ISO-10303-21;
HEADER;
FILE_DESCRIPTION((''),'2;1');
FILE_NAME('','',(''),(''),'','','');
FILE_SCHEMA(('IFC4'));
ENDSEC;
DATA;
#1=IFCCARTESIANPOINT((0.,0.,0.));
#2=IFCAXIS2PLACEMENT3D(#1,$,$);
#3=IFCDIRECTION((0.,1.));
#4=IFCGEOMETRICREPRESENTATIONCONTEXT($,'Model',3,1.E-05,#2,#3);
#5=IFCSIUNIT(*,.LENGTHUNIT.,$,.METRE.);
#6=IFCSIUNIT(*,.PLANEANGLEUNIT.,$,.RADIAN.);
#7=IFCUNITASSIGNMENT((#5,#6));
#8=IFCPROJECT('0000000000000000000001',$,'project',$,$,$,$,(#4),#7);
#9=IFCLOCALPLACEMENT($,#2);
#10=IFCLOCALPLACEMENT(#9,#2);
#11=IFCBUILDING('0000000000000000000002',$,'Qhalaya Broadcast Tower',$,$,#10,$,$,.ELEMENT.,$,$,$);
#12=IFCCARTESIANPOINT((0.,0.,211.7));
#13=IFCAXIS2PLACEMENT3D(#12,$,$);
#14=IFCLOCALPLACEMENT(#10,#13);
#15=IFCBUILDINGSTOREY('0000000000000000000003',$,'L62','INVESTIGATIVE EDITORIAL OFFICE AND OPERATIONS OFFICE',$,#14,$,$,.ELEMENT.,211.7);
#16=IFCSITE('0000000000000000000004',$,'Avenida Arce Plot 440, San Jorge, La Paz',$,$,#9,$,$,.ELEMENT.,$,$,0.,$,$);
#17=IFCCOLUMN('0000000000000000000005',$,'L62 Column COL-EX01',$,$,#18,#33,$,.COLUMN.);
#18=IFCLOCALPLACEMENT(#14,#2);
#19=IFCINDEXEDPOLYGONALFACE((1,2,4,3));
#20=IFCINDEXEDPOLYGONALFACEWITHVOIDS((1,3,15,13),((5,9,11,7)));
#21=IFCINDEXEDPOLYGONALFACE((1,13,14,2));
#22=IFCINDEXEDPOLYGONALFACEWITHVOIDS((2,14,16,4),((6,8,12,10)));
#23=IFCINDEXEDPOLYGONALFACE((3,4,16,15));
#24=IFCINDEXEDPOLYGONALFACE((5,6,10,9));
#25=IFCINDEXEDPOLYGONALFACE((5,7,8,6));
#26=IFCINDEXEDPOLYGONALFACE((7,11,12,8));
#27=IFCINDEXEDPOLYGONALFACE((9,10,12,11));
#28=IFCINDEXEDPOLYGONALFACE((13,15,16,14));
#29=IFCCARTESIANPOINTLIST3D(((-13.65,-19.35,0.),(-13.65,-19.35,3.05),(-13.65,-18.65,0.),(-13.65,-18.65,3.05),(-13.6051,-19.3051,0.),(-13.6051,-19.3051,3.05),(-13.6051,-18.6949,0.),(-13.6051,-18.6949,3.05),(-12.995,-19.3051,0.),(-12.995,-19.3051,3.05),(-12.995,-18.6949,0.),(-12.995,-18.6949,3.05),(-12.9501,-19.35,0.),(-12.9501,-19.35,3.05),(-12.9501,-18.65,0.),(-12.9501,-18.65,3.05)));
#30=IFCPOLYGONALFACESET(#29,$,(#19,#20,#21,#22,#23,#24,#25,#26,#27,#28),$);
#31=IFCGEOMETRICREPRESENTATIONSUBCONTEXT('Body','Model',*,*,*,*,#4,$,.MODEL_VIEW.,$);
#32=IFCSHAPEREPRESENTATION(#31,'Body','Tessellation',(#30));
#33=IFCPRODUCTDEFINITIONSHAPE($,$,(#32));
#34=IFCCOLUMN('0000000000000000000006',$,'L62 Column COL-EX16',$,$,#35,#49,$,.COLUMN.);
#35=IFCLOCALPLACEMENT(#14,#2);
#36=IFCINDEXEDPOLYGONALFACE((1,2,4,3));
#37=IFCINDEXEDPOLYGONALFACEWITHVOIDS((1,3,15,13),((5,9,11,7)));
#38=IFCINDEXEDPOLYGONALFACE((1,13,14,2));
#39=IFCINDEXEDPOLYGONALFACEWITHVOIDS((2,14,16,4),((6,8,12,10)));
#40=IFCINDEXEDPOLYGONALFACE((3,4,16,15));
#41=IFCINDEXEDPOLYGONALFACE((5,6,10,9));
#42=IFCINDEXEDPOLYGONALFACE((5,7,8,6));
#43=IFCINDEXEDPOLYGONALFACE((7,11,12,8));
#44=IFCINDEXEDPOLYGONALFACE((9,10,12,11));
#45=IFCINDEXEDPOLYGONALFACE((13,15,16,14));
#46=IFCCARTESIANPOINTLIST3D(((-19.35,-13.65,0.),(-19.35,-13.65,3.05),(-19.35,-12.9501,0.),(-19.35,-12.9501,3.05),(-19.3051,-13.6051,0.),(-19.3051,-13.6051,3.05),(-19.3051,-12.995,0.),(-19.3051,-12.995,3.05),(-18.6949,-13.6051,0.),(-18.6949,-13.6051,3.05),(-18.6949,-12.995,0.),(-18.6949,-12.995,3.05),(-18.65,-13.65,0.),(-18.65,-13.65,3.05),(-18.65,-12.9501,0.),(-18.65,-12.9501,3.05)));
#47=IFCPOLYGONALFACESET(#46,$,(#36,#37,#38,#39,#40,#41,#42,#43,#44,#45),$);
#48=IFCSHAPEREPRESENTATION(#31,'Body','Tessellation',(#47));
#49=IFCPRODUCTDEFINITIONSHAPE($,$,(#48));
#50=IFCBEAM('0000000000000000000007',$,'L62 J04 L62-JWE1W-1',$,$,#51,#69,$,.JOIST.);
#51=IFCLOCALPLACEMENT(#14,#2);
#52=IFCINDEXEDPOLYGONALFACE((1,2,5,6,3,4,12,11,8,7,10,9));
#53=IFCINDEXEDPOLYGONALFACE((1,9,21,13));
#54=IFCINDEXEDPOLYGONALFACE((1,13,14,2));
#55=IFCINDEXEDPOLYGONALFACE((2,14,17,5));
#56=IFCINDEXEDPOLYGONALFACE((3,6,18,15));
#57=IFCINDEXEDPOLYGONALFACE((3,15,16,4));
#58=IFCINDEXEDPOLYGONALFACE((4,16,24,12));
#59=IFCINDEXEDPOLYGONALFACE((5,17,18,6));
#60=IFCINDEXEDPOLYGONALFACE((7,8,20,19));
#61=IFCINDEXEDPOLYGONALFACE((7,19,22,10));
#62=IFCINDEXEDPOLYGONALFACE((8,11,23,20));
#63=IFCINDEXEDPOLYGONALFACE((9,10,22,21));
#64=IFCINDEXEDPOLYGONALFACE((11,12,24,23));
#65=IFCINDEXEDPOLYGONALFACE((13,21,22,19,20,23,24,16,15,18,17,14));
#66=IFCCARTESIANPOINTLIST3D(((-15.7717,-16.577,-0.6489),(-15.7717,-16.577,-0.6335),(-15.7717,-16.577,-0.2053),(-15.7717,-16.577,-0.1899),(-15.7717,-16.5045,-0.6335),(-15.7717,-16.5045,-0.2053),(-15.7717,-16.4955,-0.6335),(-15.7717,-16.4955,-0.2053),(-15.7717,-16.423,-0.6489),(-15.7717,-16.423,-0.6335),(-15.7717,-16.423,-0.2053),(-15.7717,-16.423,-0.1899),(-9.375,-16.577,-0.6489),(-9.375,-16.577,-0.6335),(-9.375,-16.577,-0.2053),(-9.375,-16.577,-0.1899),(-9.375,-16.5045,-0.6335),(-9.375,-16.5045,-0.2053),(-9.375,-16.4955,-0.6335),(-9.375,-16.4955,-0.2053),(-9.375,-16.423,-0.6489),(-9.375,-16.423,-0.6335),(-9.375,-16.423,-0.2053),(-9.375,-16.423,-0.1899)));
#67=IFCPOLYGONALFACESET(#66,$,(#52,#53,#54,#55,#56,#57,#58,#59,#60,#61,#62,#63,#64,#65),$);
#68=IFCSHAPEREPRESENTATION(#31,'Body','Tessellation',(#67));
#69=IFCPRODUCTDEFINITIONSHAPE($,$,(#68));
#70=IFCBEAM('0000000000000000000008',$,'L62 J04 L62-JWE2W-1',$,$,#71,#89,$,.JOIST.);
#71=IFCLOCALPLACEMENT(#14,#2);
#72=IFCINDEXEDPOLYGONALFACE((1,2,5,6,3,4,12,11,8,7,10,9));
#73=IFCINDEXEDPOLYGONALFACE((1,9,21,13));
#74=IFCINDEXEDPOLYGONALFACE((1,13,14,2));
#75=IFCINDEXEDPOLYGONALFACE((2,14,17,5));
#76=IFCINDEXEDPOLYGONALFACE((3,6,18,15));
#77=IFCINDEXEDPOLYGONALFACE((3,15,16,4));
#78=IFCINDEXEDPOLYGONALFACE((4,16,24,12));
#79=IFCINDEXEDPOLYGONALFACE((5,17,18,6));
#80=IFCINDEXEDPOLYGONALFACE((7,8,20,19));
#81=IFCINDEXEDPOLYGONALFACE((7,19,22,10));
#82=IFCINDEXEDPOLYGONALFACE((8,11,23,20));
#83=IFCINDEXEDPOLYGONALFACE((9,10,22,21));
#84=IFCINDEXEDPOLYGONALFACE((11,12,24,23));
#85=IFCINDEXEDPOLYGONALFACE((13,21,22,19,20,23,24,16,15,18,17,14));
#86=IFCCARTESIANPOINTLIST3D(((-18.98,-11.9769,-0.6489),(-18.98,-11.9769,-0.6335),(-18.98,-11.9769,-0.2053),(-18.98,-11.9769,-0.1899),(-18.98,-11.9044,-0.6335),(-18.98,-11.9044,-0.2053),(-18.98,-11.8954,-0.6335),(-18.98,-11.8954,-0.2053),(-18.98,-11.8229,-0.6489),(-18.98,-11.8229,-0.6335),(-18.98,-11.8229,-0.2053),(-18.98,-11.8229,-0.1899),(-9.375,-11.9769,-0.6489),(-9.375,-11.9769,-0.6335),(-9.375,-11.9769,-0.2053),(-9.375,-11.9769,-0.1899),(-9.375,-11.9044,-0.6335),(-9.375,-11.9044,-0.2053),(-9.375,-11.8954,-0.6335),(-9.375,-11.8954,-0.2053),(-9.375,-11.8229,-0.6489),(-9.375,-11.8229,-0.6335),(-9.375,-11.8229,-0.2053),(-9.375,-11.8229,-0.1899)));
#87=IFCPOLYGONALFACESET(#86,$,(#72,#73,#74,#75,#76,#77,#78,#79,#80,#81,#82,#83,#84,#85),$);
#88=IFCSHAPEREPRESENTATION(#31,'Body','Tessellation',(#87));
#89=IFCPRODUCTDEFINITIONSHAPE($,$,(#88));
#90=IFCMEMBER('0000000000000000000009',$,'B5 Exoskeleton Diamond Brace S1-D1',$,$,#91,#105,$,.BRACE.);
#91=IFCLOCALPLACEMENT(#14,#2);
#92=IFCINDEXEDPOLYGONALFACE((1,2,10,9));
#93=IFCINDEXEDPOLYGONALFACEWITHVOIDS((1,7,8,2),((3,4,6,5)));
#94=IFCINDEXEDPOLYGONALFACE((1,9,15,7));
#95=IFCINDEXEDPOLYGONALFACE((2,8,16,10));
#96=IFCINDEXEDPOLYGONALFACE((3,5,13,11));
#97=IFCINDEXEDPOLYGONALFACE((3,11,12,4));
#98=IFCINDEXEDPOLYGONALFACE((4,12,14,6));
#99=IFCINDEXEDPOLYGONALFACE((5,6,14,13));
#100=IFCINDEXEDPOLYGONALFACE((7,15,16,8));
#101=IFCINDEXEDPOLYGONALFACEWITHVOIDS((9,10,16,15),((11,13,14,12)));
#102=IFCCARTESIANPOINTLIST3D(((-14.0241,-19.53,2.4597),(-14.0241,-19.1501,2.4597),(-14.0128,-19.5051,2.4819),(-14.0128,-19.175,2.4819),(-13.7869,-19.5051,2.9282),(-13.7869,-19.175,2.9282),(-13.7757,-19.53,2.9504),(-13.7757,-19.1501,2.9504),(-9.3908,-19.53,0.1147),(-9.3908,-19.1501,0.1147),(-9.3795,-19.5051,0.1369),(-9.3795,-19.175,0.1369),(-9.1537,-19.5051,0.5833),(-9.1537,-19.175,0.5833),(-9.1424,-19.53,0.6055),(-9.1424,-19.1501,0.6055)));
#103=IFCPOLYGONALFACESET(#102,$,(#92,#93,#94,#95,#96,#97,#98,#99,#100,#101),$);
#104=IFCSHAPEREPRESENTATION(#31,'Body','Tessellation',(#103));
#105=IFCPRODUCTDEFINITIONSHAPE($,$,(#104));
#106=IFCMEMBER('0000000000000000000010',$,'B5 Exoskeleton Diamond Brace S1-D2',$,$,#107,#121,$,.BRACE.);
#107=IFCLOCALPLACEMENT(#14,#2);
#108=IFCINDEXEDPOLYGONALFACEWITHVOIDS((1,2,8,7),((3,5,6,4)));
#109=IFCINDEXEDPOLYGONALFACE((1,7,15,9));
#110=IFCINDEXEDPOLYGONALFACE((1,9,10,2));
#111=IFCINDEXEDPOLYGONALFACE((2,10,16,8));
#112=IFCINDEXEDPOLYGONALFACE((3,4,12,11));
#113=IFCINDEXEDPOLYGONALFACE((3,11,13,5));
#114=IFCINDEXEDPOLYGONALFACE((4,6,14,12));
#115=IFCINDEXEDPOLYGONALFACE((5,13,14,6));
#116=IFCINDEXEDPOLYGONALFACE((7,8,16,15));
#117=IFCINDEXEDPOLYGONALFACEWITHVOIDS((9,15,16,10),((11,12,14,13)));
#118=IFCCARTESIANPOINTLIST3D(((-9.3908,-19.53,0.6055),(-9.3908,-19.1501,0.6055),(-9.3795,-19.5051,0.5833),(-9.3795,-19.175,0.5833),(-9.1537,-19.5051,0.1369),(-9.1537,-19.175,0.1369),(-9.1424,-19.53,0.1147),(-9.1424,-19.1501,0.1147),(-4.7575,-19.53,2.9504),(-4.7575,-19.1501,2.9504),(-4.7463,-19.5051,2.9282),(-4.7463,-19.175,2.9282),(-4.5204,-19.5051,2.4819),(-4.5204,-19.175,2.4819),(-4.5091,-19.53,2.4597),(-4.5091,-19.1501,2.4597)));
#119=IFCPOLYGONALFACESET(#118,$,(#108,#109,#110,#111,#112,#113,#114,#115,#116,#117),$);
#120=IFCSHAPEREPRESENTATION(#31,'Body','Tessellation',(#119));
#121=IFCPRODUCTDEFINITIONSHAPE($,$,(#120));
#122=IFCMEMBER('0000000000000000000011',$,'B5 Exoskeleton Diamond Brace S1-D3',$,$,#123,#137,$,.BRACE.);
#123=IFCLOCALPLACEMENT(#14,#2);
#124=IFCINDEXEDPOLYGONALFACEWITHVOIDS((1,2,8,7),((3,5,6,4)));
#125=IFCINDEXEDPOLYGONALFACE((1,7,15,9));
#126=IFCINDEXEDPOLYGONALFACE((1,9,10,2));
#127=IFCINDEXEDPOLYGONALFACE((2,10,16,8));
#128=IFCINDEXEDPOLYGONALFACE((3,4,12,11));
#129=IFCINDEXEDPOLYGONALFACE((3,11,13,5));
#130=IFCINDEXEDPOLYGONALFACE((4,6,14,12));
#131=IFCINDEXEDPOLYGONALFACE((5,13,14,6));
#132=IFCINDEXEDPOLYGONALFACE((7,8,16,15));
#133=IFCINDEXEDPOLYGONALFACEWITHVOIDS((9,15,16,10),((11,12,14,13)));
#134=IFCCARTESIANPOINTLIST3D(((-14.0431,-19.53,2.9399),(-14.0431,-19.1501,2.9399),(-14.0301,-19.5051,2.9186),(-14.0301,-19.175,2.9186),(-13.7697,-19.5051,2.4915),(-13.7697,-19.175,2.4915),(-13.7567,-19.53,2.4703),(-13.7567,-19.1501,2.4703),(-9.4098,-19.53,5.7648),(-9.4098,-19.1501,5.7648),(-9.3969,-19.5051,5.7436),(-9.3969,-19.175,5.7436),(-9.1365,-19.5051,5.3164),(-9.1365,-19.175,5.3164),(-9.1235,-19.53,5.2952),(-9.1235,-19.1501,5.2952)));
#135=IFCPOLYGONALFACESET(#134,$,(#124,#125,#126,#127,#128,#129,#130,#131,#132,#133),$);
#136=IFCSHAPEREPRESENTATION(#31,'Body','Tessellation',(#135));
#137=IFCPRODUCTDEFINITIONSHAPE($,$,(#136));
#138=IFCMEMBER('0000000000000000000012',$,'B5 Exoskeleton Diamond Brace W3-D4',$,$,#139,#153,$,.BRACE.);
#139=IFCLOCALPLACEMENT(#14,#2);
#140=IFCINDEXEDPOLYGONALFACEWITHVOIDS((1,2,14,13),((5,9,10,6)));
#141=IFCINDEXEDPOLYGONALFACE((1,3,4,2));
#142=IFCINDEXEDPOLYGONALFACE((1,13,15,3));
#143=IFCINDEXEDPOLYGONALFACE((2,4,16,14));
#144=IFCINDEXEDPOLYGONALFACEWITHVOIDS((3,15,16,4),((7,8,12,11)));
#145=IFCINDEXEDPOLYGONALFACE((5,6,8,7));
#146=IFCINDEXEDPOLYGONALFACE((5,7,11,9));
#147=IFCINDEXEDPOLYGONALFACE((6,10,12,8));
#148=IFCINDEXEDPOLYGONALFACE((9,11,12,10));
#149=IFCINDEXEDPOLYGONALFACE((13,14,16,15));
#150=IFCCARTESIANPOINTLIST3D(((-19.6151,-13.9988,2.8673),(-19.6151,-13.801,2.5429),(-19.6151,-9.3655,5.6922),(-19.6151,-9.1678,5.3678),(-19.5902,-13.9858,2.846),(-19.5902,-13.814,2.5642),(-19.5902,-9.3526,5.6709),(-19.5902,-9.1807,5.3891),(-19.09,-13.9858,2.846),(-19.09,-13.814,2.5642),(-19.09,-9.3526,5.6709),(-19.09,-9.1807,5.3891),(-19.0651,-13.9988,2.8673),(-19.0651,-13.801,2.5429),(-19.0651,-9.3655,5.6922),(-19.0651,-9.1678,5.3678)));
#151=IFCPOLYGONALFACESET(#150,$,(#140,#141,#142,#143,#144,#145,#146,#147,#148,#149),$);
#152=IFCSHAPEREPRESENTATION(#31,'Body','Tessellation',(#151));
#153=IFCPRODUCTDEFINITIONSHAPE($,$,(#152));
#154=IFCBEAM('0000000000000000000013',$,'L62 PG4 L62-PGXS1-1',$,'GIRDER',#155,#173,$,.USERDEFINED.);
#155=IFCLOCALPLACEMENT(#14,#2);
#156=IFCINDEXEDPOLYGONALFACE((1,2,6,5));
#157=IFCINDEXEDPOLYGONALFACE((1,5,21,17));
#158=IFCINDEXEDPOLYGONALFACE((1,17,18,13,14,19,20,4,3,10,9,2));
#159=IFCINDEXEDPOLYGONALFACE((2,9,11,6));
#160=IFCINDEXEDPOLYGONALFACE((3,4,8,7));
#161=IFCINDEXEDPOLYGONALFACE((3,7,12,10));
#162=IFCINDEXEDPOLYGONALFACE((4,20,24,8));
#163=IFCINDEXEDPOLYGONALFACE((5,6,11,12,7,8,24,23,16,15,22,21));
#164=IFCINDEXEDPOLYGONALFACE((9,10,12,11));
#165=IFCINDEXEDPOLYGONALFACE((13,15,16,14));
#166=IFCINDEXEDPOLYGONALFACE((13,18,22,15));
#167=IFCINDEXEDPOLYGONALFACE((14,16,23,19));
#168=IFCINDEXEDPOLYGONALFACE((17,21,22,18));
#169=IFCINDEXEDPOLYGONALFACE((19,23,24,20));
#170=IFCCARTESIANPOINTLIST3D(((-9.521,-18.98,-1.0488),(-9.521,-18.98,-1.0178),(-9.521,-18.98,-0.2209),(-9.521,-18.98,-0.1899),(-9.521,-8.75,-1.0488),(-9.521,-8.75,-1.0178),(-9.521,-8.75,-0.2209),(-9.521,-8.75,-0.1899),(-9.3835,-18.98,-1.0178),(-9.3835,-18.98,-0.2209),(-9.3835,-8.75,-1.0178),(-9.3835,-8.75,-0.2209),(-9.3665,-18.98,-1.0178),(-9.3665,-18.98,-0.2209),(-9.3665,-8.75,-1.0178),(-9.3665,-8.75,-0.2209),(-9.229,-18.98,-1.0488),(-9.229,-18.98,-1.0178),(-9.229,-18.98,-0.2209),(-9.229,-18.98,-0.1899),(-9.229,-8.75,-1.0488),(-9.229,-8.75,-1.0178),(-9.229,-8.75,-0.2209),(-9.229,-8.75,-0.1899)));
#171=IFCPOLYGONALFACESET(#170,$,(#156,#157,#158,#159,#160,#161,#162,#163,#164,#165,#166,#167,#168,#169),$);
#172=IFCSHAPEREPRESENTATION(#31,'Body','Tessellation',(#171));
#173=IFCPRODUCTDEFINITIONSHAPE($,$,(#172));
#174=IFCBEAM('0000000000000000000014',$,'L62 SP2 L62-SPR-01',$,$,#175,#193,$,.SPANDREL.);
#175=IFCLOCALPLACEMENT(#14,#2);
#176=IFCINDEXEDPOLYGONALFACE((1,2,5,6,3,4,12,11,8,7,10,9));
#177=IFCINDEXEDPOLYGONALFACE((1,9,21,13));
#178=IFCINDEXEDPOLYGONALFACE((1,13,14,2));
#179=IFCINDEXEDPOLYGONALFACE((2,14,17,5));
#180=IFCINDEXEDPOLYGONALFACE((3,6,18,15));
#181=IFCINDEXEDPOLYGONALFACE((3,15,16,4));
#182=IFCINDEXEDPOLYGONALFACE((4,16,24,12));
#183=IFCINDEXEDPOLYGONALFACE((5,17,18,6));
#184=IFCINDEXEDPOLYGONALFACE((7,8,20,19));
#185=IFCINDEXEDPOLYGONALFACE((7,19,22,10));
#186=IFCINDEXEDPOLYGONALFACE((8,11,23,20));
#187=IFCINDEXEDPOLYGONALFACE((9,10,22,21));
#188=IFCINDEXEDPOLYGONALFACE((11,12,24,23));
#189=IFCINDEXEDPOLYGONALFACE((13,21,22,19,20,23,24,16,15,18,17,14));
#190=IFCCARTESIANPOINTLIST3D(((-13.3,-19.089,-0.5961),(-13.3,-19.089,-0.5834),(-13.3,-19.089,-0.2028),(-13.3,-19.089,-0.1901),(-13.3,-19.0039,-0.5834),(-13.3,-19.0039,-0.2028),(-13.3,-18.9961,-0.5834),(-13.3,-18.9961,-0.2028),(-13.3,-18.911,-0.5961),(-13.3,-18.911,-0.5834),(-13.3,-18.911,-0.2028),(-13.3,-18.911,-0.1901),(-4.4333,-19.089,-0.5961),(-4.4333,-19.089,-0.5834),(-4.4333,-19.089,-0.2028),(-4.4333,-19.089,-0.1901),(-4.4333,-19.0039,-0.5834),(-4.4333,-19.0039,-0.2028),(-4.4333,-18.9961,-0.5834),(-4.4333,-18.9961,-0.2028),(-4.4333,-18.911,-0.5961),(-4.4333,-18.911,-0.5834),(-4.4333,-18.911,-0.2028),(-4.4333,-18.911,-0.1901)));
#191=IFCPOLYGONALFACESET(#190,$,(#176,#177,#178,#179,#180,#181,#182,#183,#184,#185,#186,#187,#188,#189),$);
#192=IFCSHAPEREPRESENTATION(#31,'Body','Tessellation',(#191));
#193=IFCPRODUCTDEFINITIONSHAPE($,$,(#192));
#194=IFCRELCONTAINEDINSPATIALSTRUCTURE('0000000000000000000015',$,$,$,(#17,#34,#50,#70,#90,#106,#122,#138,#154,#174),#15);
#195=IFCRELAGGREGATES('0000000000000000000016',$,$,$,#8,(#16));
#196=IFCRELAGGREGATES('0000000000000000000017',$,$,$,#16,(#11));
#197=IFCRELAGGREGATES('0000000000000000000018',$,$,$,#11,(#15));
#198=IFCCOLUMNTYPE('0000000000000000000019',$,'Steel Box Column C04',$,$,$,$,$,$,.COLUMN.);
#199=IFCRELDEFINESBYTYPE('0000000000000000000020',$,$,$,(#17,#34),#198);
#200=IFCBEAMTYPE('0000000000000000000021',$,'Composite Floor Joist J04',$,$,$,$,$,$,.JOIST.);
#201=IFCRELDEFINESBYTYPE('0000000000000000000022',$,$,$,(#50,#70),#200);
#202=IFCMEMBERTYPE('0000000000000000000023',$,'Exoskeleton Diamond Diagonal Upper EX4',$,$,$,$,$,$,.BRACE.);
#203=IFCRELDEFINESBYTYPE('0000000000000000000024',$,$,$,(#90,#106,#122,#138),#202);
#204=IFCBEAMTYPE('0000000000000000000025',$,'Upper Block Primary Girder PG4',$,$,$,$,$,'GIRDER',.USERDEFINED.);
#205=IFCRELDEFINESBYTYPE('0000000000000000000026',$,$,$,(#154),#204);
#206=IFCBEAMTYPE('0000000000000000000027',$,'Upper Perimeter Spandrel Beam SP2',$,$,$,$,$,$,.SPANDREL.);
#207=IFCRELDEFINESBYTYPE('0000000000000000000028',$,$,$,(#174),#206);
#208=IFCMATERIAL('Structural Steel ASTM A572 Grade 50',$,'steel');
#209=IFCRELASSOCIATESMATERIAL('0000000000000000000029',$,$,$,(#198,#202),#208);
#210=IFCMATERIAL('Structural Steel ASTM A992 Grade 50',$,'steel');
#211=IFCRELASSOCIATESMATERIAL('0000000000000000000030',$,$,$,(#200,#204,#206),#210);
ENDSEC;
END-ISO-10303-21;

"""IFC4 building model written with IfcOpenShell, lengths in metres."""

from ifc_helpers import new_model, si_unit, direction, frame, origin, origin_2d, place, context, subcontext, project, spatial, hollow_rectangle, i_section, extrude, material, material_profile, profile_set, type_object, element, save


model = new_model("IFC4")

# Units and contexts
model_context = context("Model", 3, precision=1e-05, world=origin(), true_north=direction((0.0, 1.0)))
body_context = subcontext(model_context, "Body", "Model", "MODEL_VIEW")
ifc_project = project(units=[si_unit("LENGTHUNIT", "METRE"), si_unit("PLANEANGLEUNIT", "RADIAN")], contexts=[model_context])

# Site, building, storey
site_placement = place(None, origin())
site = spatial("IfcSite", under=ifc_project, at=site_placement, Name="Avenida Arce Plot 440, San Jorge, La Paz", CompositionType="ELEMENT", RefElevation=0.0)
building_placement = place(site_placement, origin())
building = spatial("IfcBuilding", under=site, at=building_placement, Name="Qhalaya Broadcast Tower", CompositionType="ELEMENT")
storey_placement = place(building_placement, frame((0.0, 0.0, 211.7)))
storey = spatial("IfcBuildingStorey", under=building, at=storey_placement, Name="L62", Description="INVESTIGATIVE EDITORIAL OFFICE AND OPERATIONS OFFICE", CompositionType="ELEMENT", Elevation=211.7)

# Columns
ifc_material_1 = material(Name="Structural Steel ASTM A572 Grade 50", Category="steel")
ifc_material_profile_1 = material_profile(ifc_material_1, hollow_rectangle(XDim=0.7, YDim=0.7, WallThickness=0.0449, at=origin_2d()), Name="BOX 700x700x45")
ifc_profile_set_1 = profile_set([ifc_material_profile_1], Name="Structural Steel ASTM A572 Grade 50")
column_type = type_object("IfcColumnType", Name="Steel Box Column C04", PredefinedType="COLUMN", material=ifc_profile_set_1)
for number, where, z_axis, x_axis, name in (
    (1, (-13.3, -19.0, 0.0), (0.0, 0.0, 1.0), (1.0, 0.0, 0.0), "L62 Column COL-EX01"),
    (2, (-19.0, -13.3, 0.0), (0.0, 0.0, 1.0), (0.0, 1.0, 0.0), "L62 Column COL-EX16"),
):
    element("IfcColumn", number, at=place(storey_placement, frame(where, z_axis=z_axis, x_axis=x_axis)), inside=storey, type_object=column_type, Name=name, PredefinedType="COLUMN", context=body_context, shape_type="SweptSolid", body=[
        extrude(hollow_rectangle(XDim=0.7, YDim=0.7, WallThickness=0.0449, at=origin_2d()), origin(), (0.0, 0.0, 1.0), 3.05),
    ])

# Beams
ifc_material_2 = material(Name="Structural Steel ASTM A992 Grade 50", Category="steel")
ifc_material_profile_2 = material_profile(ifc_material_2, i_section(OverallWidth=0.1541, OverallDepth=0.459, WebThickness=0.009, FlangeThickness=0.0154, at=origin_2d()), Name="W18X46")
ifc_profile_set_2 = profile_set([ifc_material_profile_2], Name="Structural Steel ASTM A992 Grade 50")
beam_type_1 = type_object("IfcBeamType", Name="Composite Floor Joist J04", PredefinedType="JOIST", material=ifc_profile_set_2)
beam_1_placement = place(storey_placement, frame((-15.7717, -16.5, -0.4194), z_axis=(1.0, 0.0, 0.0), x_axis=(0.0, 1.0, 0.0)))
element("IfcBeam", 3, at=beam_1_placement, inside=storey, type_object=beam_type_1, Name="L62 J04 L62-JWE1W-1", PredefinedType="JOIST", context=body_context, shape_type="SweptSolid", body=[
    extrude(i_section(OverallWidth=0.1541, OverallDepth=0.459, WebThickness=0.009, FlangeThickness=0.0154, at=origin_2d()), origin(), (0.0, 0.0, 1.0), 6.3967),
])
beam_2_placement = place(storey_placement, frame((-18.98, -11.8999, -0.4194), z_axis=(1.0, 0.0, 0.0), x_axis=(0.0, 1.0, 0.0)))
element("IfcBeam", 4, at=beam_2_placement, inside=storey, type_object=beam_type_1, Name="L62 J04 L62-JWE2W-1", PredefinedType="JOIST", context=body_context, shape_type="SweptSolid", body=[
    extrude(i_section(OverallWidth=0.1541, OverallDepth=0.459, WebThickness=0.009, FlangeThickness=0.0154, at=origin_2d()), origin(), (0.0, 0.0, 1.0), 9.605),
])

# Members
ifc_material_profile_3 = material_profile(ifc_material_1, hollow_rectangle(XDim=0.3799, YDim=0.55, WallThickness=0.0249, at=origin_2d()), Name="BOX 380x550x25")
ifc_profile_set_3 = profile_set([ifc_material_profile_3], Name="Structural Steel ASTM A572 Grade 50")
member_type = type_object("IfcMemberType", Name="Exoskeleton Diamond Diagonal Upper EX4", PredefinedType="BRACE", material=ifc_profile_set_3)
for number, where, z_axis, x_axis, name in (
    (5, (-9.2666, -19.3401, 0.3601), (-0.892235, 0.0, 0.451571), (0.0, -1.0, 0.0), "B5 Exoskeleton Diamond Brace S1-D1"),
    (6, (-9.2666, -19.3401, 0.3601), (0.892235, 0.0, 0.451571), (0.0, 1.0, 0.0), "B5 Exoskeleton Diamond Brace S1-D2"),
):
    element("IfcMember", number, at=place(storey_placement, frame(where, z_axis=z_axis, x_axis=x_axis)), inside=storey, type_object=member_type, Name=name, PredefinedType="BRACE", context=body_context, shape_type="SweptSolid", body=[
        extrude(hollow_rectangle(XDim=0.3799, YDim=0.55, WallThickness=0.0249, at=origin_2d()), origin(), (0.0, 0.0, 1.0), 5.1929),
    ])
for number, where, z_axis, x_axis, name in (
    (7, (-13.8999, -19.3401, 2.7051), (0.853815, 0.0, 0.520576), (0.0, 1.0, 0.0), "B5 Exoskeleton Diamond Brace S1-D3"),
    (8, (-19.3401, -13.8999, 2.7051), (0.0, 0.853815, 0.520576), (0.0, -0.520576, 0.853815), "B5 Exoskeleton Diamond Brace W3-D4"),
):
    element("IfcMember", number, at=place(storey_placement, frame(where, z_axis=z_axis, x_axis=x_axis)), inside=storey, type_object=member_type, Name=name, PredefinedType="BRACE", context=body_context, shape_type="SweptSolid", body=[
        extrude(hollow_rectangle(XDim=0.3799, YDim=0.55, WallThickness=0.0249, at=origin_2d()), origin(), (0.0, 0.0, 1.0), 5.4265),
    ])

# Beams
ifc_material_profile_4 = material_profile(ifc_material_2, i_section(OverallWidth=0.292, OverallDepth=0.8589, WebThickness=0.0171, FlangeThickness=0.031, at=origin_2d()), Name="W33X169")
ifc_profile_set_4 = profile_set([ifc_material_profile_4], Name="Structural Steel ASTM A992 Grade 50")
beam_type_2 = type_object("IfcBeamType", Name="Upper Block Primary Girder PG4", ElementType="GIRDER", PredefinedType="USERDEFINED", material=ifc_profile_set_4)
beam_3_placement = place(storey_placement, frame((-9.375, -18.98, -0.6194), z_axis=(0.0, 1.0, 0.0), x_axis=(-1.0, 0.0, 0.0)))
element("IfcBeam", 9, at=beam_3_placement, inside=storey, type_object=beam_type_2, Name="L62 PG4 L62-PGXS1-1", ObjectType="GIRDER", PredefinedType="USERDEFINED", context=body_context, shape_type="SweptSolid", body=[
    extrude(i_section(OverallWidth=0.292, OverallDepth=0.8589, WebThickness=0.0171, FlangeThickness=0.031, at=origin_2d()), origin(), (0.0, 0.0, 1.0), 10.23),
])
ifc_material_profile_5 = material_profile(ifc_material_2, i_section(OverallWidth=0.178, OverallDepth=0.406, WebThickness=0.0078, FlangeThickness=0.0127, at=origin_2d()), Name="W16X40")
ifc_profile_set_5 = profile_set([ifc_material_profile_5], Name="Structural Steel ASTM A992 Grade 50")
beam_type_3 = type_object("IfcBeamType", Name="Upper Perimeter Spandrel Beam SP2", PredefinedType="SPANDREL", material=ifc_profile_set_5)
beam_4_placement = place(storey_placement, frame((-13.3, -19.0, -0.3931), z_axis=(1.0, 0.0, 0.0), x_axis=(0.0, 1.0, 0.0)))
element("IfcBeam", 10, at=beam_4_placement, inside=storey, type_object=beam_type_3, Name="L62 SP2 L62-SPR-01", PredefinedType="SPANDREL", context=body_context, shape_type="SweptSolid", body=[
    extrude(i_section(OverallWidth=0.178, OverallDepth=0.406, WebThickness=0.0078, FlangeThickness=0.0127, at=origin_2d()), origin(), (0.0, 0.0, 1.0), 8.8667),
])

save(model, "model.ifc")
